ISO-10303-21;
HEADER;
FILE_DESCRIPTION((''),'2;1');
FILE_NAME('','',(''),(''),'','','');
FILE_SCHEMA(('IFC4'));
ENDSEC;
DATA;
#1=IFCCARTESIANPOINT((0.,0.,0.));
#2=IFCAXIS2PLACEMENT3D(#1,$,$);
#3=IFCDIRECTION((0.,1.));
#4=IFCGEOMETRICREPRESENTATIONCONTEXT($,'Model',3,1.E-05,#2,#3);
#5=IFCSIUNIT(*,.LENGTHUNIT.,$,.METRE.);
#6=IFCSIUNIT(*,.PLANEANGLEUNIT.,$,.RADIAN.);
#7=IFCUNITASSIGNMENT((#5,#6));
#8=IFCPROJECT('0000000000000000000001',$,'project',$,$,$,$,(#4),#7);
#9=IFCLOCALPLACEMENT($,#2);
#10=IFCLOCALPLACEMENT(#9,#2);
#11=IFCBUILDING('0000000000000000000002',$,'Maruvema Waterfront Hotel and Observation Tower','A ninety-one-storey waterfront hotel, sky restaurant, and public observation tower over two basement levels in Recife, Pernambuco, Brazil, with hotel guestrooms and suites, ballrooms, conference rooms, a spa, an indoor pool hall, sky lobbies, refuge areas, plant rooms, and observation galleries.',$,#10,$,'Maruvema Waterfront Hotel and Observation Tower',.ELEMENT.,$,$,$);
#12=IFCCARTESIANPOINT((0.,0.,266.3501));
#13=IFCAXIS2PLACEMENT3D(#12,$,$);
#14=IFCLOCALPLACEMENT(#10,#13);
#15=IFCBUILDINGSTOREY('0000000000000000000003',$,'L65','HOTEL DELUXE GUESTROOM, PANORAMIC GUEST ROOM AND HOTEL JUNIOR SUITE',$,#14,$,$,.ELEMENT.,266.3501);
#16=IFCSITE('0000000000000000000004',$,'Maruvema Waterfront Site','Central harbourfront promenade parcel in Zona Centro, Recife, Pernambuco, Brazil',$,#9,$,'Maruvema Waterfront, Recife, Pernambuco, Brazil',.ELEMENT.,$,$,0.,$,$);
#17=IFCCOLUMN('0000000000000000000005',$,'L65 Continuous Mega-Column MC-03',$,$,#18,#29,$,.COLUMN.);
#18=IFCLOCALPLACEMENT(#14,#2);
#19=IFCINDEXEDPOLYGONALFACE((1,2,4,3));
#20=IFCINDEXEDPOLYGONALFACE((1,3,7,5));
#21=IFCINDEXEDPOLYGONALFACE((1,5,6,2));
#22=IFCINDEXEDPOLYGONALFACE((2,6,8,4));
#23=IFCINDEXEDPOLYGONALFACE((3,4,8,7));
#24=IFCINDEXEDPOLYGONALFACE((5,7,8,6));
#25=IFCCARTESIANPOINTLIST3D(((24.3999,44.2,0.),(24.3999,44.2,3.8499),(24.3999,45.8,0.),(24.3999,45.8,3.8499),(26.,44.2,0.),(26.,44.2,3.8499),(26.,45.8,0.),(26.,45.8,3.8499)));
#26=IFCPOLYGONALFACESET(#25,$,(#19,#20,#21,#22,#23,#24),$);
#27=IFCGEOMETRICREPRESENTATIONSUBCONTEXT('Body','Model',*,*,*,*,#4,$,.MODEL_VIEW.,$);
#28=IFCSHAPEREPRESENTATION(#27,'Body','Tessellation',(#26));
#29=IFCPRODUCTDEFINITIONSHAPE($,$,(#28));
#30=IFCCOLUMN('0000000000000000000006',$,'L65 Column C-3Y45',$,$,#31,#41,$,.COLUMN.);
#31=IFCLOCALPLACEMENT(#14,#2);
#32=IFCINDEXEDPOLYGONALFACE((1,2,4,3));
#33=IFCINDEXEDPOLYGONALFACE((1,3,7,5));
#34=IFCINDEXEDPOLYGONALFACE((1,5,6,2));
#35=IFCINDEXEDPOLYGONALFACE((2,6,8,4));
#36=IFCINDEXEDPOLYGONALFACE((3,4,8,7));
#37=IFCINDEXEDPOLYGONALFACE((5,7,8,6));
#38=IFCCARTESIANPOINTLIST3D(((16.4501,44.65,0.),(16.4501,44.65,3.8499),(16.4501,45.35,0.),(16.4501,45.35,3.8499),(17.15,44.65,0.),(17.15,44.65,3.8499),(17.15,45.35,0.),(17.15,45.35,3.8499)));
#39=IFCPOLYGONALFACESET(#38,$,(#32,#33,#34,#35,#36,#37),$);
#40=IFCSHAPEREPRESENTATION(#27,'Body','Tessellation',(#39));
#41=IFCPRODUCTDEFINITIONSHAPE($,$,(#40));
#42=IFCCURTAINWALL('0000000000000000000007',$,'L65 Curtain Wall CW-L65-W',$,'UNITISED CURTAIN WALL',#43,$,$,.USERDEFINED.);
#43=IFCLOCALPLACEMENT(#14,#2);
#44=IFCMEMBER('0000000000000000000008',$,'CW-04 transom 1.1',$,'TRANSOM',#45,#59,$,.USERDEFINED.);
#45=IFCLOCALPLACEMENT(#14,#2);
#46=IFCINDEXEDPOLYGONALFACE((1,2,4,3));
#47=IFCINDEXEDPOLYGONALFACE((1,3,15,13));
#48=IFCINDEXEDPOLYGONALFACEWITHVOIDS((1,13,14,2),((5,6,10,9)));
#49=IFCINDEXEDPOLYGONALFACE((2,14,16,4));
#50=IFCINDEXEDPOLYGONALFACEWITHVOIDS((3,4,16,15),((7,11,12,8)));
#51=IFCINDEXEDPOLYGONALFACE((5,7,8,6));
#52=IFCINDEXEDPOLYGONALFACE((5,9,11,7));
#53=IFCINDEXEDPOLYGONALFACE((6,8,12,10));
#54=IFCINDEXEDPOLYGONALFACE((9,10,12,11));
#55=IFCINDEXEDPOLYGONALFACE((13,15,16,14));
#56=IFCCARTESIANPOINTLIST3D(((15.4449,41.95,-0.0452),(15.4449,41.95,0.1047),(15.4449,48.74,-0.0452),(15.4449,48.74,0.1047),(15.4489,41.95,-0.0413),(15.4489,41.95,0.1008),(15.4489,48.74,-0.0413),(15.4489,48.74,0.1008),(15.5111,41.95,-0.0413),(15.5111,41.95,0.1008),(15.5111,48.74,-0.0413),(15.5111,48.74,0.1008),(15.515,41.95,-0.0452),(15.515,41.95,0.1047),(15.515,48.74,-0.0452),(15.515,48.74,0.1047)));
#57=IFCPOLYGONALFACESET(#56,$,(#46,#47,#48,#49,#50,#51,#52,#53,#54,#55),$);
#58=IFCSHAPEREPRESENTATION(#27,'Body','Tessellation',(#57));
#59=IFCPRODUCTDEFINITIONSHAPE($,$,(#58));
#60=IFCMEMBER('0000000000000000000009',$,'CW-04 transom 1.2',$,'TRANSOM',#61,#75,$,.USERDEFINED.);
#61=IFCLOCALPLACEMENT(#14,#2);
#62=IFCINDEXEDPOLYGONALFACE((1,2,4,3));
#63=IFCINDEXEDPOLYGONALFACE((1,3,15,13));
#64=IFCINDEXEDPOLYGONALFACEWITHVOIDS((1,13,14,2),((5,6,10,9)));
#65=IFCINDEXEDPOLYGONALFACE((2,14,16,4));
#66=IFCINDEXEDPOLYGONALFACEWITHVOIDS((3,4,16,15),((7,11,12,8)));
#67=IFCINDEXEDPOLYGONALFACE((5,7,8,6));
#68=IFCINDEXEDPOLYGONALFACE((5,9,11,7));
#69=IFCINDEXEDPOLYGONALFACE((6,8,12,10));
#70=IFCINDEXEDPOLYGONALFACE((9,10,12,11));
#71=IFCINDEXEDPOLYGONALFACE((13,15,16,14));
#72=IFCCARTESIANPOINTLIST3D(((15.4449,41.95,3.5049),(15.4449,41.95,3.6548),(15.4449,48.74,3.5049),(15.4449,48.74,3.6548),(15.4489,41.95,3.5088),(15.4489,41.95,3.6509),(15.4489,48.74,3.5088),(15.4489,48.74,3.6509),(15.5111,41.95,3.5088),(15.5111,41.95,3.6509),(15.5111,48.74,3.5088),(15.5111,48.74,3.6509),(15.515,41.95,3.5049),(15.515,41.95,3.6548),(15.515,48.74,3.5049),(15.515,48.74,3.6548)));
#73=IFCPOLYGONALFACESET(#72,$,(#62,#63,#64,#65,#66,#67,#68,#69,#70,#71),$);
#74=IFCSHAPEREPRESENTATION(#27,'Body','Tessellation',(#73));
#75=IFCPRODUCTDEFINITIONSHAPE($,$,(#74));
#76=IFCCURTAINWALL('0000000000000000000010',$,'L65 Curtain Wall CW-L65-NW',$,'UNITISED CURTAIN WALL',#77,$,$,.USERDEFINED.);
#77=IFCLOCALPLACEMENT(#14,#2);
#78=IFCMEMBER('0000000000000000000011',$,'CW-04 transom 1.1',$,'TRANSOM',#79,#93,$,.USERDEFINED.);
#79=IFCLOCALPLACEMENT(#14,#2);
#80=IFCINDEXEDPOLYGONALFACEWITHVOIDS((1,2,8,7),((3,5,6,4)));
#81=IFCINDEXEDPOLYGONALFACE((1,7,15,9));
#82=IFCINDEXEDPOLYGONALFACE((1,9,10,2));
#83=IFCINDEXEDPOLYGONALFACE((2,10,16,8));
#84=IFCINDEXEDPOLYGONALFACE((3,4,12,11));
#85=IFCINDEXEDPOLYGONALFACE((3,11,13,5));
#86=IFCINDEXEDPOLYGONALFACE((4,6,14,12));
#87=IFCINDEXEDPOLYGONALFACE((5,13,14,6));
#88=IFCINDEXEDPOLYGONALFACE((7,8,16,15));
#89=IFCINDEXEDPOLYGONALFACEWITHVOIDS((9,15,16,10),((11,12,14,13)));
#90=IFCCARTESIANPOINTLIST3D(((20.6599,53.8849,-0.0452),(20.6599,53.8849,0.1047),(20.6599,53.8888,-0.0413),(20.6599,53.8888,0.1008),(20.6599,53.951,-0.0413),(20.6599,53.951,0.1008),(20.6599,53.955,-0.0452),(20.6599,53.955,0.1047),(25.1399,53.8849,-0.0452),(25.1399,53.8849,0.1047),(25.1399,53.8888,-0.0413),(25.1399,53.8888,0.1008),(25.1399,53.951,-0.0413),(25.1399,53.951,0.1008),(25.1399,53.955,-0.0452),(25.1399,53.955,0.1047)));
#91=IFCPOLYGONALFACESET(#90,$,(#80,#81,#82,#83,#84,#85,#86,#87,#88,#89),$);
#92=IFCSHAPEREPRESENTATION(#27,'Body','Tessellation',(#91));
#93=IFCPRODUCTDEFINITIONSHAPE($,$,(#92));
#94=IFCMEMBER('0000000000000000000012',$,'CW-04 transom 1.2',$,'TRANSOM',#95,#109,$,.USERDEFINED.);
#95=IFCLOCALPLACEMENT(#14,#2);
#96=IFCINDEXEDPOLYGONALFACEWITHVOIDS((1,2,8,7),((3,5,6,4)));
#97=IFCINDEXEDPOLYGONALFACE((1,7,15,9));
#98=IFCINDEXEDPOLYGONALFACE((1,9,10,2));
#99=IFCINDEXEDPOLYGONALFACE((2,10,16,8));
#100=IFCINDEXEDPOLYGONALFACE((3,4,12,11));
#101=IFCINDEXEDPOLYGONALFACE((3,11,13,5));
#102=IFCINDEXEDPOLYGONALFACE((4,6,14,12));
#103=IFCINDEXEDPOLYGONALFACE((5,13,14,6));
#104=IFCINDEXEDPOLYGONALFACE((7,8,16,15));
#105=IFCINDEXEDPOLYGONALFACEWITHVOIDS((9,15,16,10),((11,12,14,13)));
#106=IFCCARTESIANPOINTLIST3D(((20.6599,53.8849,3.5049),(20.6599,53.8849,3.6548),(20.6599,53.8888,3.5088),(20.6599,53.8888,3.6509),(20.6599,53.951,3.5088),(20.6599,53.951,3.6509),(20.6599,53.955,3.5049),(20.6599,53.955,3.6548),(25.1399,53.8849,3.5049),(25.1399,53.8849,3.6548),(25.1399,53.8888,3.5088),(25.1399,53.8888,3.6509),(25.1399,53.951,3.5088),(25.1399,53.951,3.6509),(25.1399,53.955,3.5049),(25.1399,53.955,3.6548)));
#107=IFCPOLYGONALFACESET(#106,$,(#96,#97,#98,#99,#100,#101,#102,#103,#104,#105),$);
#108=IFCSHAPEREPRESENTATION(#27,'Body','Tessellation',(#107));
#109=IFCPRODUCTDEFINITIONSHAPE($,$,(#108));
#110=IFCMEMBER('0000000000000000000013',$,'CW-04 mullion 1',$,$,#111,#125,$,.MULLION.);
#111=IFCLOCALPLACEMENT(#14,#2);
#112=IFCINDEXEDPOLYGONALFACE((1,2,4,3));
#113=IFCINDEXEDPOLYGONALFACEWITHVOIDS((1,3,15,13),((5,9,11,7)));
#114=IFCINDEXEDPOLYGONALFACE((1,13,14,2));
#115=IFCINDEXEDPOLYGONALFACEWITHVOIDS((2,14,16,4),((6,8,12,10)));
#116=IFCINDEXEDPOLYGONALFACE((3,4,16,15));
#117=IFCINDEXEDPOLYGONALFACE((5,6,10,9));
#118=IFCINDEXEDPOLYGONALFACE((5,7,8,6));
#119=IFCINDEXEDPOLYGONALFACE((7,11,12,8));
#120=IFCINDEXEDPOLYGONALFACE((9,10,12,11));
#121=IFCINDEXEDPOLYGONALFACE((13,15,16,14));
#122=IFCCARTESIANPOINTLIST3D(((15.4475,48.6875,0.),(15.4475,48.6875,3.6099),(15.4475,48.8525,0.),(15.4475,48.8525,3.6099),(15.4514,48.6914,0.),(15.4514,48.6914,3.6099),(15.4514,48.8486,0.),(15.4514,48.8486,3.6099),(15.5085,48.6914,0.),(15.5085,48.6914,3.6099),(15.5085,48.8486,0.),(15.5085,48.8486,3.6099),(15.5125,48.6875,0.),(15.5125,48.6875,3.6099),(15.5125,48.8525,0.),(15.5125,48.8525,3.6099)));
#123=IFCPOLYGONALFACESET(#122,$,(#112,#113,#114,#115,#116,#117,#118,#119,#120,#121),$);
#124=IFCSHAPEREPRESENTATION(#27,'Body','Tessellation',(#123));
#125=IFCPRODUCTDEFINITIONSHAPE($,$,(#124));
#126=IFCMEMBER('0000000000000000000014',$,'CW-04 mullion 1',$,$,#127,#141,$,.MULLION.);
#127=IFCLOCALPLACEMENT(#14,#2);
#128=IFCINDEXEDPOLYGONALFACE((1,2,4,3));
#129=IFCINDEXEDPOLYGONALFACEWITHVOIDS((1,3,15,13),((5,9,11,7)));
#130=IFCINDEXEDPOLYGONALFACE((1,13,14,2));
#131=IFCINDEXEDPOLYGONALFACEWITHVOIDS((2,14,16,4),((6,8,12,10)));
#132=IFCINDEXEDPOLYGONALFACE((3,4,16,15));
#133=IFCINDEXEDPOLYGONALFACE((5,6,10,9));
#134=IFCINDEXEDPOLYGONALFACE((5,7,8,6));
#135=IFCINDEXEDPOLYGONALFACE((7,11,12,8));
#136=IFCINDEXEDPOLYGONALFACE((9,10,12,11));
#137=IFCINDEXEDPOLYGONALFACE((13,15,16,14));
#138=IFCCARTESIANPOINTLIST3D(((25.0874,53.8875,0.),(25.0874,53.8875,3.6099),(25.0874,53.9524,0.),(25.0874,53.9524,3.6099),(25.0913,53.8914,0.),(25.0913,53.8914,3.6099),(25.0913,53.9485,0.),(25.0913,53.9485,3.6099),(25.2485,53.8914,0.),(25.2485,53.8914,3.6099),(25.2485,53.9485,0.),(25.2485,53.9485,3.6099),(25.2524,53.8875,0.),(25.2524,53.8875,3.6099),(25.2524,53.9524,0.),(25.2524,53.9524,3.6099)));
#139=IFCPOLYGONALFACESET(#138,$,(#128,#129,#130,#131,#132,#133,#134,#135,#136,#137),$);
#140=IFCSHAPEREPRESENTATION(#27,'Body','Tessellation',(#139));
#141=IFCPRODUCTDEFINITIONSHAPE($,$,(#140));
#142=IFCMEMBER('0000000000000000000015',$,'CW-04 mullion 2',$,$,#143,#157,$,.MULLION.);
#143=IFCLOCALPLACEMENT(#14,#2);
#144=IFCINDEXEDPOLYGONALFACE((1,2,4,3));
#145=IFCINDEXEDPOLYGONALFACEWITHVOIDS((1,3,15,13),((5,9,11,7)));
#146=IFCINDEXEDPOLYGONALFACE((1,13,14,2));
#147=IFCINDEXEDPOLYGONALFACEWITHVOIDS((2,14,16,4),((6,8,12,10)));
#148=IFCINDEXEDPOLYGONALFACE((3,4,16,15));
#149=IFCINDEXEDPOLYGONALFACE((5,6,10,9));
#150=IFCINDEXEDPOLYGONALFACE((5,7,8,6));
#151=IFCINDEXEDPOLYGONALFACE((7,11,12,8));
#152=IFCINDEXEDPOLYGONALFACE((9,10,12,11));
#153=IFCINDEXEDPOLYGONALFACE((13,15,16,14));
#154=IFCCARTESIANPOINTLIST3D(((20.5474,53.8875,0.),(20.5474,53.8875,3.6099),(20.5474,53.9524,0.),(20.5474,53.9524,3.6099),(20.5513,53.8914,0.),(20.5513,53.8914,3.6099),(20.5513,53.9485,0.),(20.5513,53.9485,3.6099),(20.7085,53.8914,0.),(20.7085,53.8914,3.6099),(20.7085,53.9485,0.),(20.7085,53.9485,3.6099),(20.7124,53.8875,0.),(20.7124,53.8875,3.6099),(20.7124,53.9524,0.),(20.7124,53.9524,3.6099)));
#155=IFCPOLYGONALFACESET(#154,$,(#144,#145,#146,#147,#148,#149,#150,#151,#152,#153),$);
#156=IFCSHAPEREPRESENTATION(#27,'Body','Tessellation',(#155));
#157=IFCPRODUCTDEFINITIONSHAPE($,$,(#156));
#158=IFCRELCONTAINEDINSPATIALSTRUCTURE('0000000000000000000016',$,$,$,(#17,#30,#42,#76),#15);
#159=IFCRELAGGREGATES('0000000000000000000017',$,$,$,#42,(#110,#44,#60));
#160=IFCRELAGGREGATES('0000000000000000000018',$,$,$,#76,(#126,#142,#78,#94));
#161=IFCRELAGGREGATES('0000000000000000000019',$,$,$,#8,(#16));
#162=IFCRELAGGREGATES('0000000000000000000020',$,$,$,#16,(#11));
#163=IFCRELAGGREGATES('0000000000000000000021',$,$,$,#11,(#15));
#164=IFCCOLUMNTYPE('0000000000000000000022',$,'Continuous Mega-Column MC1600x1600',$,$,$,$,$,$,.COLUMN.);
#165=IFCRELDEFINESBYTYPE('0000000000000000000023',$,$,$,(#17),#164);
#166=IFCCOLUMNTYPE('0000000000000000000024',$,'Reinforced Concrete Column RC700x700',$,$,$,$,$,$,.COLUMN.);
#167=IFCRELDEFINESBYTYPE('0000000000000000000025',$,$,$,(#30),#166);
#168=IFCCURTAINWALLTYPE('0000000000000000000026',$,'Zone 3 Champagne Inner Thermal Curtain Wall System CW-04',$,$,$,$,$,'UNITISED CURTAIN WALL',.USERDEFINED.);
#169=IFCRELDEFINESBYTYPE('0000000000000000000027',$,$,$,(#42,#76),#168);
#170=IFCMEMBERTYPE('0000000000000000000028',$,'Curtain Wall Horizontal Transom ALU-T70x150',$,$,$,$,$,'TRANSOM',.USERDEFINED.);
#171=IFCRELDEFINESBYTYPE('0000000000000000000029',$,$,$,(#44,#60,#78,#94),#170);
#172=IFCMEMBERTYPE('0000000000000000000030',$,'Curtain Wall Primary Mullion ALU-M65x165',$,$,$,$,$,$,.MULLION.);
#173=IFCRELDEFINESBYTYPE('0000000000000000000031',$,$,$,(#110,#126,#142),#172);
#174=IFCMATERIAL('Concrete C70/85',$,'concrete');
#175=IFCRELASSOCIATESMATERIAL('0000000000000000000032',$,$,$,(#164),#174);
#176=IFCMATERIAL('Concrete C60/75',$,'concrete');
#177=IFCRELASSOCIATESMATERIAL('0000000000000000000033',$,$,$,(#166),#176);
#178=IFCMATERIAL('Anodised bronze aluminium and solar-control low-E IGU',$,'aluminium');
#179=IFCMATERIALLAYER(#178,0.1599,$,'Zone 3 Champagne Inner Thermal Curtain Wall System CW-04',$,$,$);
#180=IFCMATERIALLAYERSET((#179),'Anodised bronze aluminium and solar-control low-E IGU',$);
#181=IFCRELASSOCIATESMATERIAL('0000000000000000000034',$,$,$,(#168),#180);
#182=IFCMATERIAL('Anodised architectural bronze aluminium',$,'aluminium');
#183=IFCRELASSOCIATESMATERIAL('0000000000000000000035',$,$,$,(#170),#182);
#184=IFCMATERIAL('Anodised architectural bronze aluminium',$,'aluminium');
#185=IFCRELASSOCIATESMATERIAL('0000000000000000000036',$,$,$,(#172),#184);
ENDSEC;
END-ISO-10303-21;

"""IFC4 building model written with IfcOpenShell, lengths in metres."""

from ifc_helpers import new_model, si_unit, direction, frame, origin, origin_2d, place, context, subcontext, project, spatial, rectangle, hollow_rectangle, extrude, material, layer, layer_set, material_profile, profile_set, type_object, element, aggregate, save


model = new_model("IFC4")

# Units and contexts
model_context = context("Model", 3, precision=1e-05, world=origin(), true_north=direction((0.0, 1.0)))
body_context = subcontext(model_context, "Body", "Model", "MODEL_VIEW")
ifc_project = project(units=[si_unit("LENGTHUNIT", "METRE"), si_unit("PLANEANGLEUNIT", "RADIAN")], contexts=[model_context])

# Site, building, storey
site_placement = place(None, origin())
site = spatial("IfcSite", under=ifc_project, at=site_placement, Name="Maruvema Waterfront Site", Description="Central harbourfront promenade parcel in Zona Centro, Recife, Pernambuco, Brazil", LongName="Maruvema Waterfront, Recife, Pernambuco, Brazil", CompositionType="ELEMENT", RefElevation=0.0)
building_placement = place(site_placement, origin())
building = spatial("IfcBuilding", under=site, at=building_placement, Name="Maruvema Waterfront Hotel and Observation Tower", Description="A ninety-one-storey waterfront hotel, sky restaurant, and public observation tower over two basement levels in Recife, Pernambuco, Brazil, with hotel guestrooms and suites, ballrooms, conference rooms, a spa, an indoor pool hall, sky lobbies, refuge areas, plant rooms, and observation galleries.", LongName="Maruvema Waterfront Hotel and Observation Tower", CompositionType="ELEMENT")
storey_placement = place(building_placement, frame((0.0, 0.0, 266.3501)))
storey = spatial("IfcBuildingStorey", under=building, at=storey_placement, Name="L65", Description="HOTEL DELUXE GUESTROOM, PANORAMIC GUEST ROOM AND HOTEL JUNIOR SUITE", CompositionType="ELEMENT", Elevation=266.3501)

# Columns
ifc_material_1 = material(Name="Concrete C70/85", Category="concrete")
ifc_material_profile_1 = material_profile(ifc_material_1, rectangle(XDim=1.6001, YDim=1.6001, at=origin_2d()), Name="MC1600x1600")
ifc_profile_set_1 = profile_set([ifc_material_profile_1], Name="Concrete C70/85")
column_type_1 = type_object("IfcColumnType", Name="Continuous Mega-Column MC1600x1600", PredefinedType="COLUMN", material=ifc_profile_set_1)
column_1_placement = place(storey_placement, frame((25.2, 45.0, 0.0), z_axis=(0.0, 0.0, 1.0), x_axis=(1.0, 0.0, 0.0)))
element("IfcColumn", 1, at=column_1_placement, inside=storey, type_object=column_type_1, Name="L65 Continuous Mega-Column MC-03", PredefinedType="COLUMN", context=body_context, shape_type="SweptSolid", body=[
    extrude(rectangle(XDim=1.6001, YDim=1.6001, at=origin_2d()), origin(), (0.0, 0.0, 1.0), 3.8499),
])
ifc_material_2 = material(Name="Concrete C60/75", Category="concrete")
ifc_material_profile_2 = material_profile(ifc_material_2, rectangle(XDim=0.7, YDim=0.7, at=origin_2d()), Name="RC700x700")
ifc_profile_set_2 = profile_set([ifc_material_profile_2], Name="Concrete C60/75")
column_type_2 = type_object("IfcColumnType", Name="Reinforced Concrete Column RC700x700", PredefinedType="COLUMN", material=ifc_profile_set_2)
column_2_placement = place(storey_placement, frame((16.8, 45.0, 0.0), z_axis=(0.0, 0.0, 1.0), x_axis=(1.0, 0.0, 0.0)))
element("IfcColumn", 2, at=column_2_placement, inside=storey, type_object=column_type_2, Name="L65 Column C-3Y45", PredefinedType="COLUMN", context=body_context, shape_type="SweptSolid", body=[
    extrude(rectangle(XDim=0.7, YDim=0.7, at=origin_2d()), origin(), (0.0, 0.0, 1.0), 3.8499),
])

# Curtain walls, members
ifc_material_3 = material(Name="Anodised bronze aluminium and solar-control low-E IGU", Category="aluminium")
ifc_layer_1 = layer(ifc_material_3, 0.1599, Name="Zone 3 Champagne Inner Thermal Curtain Wall System CW-04")
ifc_layer_set_1 = layer_set([ifc_layer_1], Name="Anodised bronze aluminium and solar-control low-E IGU")
curtain_wall_type = type_object("IfcCurtainWallType", Name="Zone 3 Champagne Inner Thermal Curtain Wall System CW-04", ElementType="UNITISED CURTAIN WALL", PredefinedType="USERDEFINED", material=ifc_layer_set_1)
curtain_wall_1_placement = place(storey_placement, origin())
curtain_wall_1 = element("IfcCurtainWall", 3, at=curtain_wall_1_placement, inside=storey, type_object=curtain_wall_type, Name="L65 Curtain Wall CW-L65-W", ObjectType="UNITISED CURTAIN WALL", PredefinedType="USERDEFINED")
ifc_material_4 = material(Name="Anodised architectural bronze aluminium", Category="aluminium")
ifc_material_profile_3 = material_profile(ifc_material_4, hollow_rectangle(XDim=0.0701, YDim=0.1499, WallThickness=0.0039, at=origin_2d()), Name="ALU-T70x150")
ifc_profile_set_3 = profile_set([ifc_material_profile_3], Name="Anodised architectural bronze aluminium")
member_type_1 = type_object("IfcMemberType", Name="Curtain Wall Horizontal Transom ALU-T70x150", ElementType="TRANSOM", PredefinedType="USERDEFINED", material=ifc_profile_set_3)
member_1_placement = place(storey_placement, frame((15.48, 48.74, 0.0298), z_axis=(0.0, -1.0, 0.0), x_axis=(1.0, 0.0, 0.0)))
member_1 = element("IfcMember", 4, at=member_1_placement, type_object=member_type_1, Name="CW-04 transom 1.1", ObjectType="TRANSOM", PredefinedType="USERDEFINED", context=body_context, shape_type="SweptSolid", body=[
    extrude(hollow_rectangle(XDim=0.0701, YDim=0.1499, WallThickness=0.0039, at=origin_2d()), origin(), (0.0, 0.0, 1.0), 6.79),
])
member_2_placement = place(storey_placement, frame((15.48, 48.74, 3.5798), z_axis=(0.0, -1.0, 0.0), x_axis=(1.0, 0.0, 0.0)))
member_2 = element("IfcMember", 5, at=member_2_placement, type_object=member_type_1, Name="CW-04 transom 1.2", ObjectType="TRANSOM", PredefinedType="USERDEFINED", context=body_context, shape_type="SweptSolid", body=[
    extrude(hollow_rectangle(XDim=0.0701, YDim=0.1499, WallThickness=0.0039, at=origin_2d()), origin(), (0.0, 0.0, 1.0), 6.79),
])
curtain_wall_2_placement = place(storey_placement, origin())
curtain_wall_2 = element("IfcCurtainWall", 6, at=curtain_wall_2_placement, inside=storey, type_object=curtain_wall_type, Name="L65 Curtain Wall CW-L65-NW", ObjectType="UNITISED CURTAIN WALL", PredefinedType="USERDEFINED")
member_3_placement = place(storey_placement, frame((25.1399, 53.9199, 0.0298), z_axis=(-1.0, 0.0, 0.0), x_axis=(0.0, -1.0, 0.0)))
member_3 = element("IfcMember", 7, at=member_3_placement, type_object=member_type_1, Name="CW-04 transom 1.1", ObjectType="TRANSOM", PredefinedType="USERDEFINED", context=body_context, shape_type="SweptSolid", body=[
    extrude(hollow_rectangle(XDim=0.0701, YDim=0.1499, WallThickness=0.0039, at=origin_2d()), origin(), (0.0, 0.0, 1.0), 4.48),
])
member_4_placement = place(storey_placement, frame((25.1399, 53.9199, 3.5798), z_axis=(-1.0, 0.0, 0.0), x_axis=(0.0, -1.0, 0.0)))
member_4 = element("IfcMember", 8, at=member_4_placement, type_object=member_type_1, Name="CW-04 transom 1.2", ObjectType="TRANSOM", PredefinedType="USERDEFINED", context=body_context, shape_type="SweptSolid", body=[
    extrude(hollow_rectangle(XDim=0.0701, YDim=0.1499, WallThickness=0.0039, at=origin_2d()), origin(), (0.0, 0.0, 1.0), 4.48),
])

# Members
ifc_material_5 = material(Name="Anodised architectural bronze aluminium", Category="aluminium")
ifc_material_profile_4 = material_profile(ifc_material_5, hollow_rectangle(XDim=0.0649, YDim=0.165, WallThickness=0.0039, at=origin_2d()), Name="ALU-M65x165")
ifc_profile_set_4 = profile_set([ifc_material_profile_4], Name="Anodised architectural bronze aluminium")
member_type_2 = type_object("IfcMemberType", Name="Curtain Wall Primary Mullion ALU-M65x165", PredefinedType="MULLION", material=ifc_profile_set_4)
member_5_placement = place(storey_placement, frame((15.48, 48.77, 0.0), z_axis=(0.0, 0.0, 1.0), x_axis=(1.0, 0.0, 0.0)))
member_5 = element("IfcMember", 9, at=member_5_placement, type_object=member_type_2, Name="CW-04 mullion 1", PredefinedType="MULLION", context=body_context, shape_type="SweptSolid", body=[
    extrude(hollow_rectangle(XDim=0.0649, YDim=0.165, WallThickness=0.0039, at=origin_2d()), origin(), (0.0, 0.0, 1.0), 3.6099),
])
member_6_placement = place(storey_placement, frame((25.1699, 53.9199, 0.0), z_axis=(0.0, 0.0, 1.0), x_axis=(0.0, -1.0, 0.0)))
member_6 = element("IfcMember", 10, at=member_6_placement, type_object=member_type_2, Name="CW-04 mullion 1", PredefinedType="MULLION", context=body_context, shape_type="SweptSolid", body=[
    extrude(hollow_rectangle(XDim=0.0649, YDim=0.165, WallThickness=0.0039, at=origin_2d()), origin(), (0.0, 0.0, 1.0), 3.6099),
])
member_7_placement = place(storey_placement, frame((20.6299, 53.9199, 0.0), z_axis=(0.0, 0.0, 1.0), x_axis=(0.0, -1.0, 0.0)))
member_7 = element("IfcMember", 11, at=member_7_placement, type_object=member_type_2, Name="CW-04 mullion 2", PredefinedType="MULLION", context=body_context, shape_type="SweptSolid", body=[
    extrude(hollow_rectangle(XDim=0.0649, YDim=0.165, WallThickness=0.0039, at=origin_2d()), origin(), (0.0, 0.0, 1.0), 3.6099),
])

aggregate(curtain_wall_1, [member_5, member_1, member_2])
aggregate(curtain_wall_2, [member_6, member_7, member_3, member_4])

save(model, "model.ifc")
